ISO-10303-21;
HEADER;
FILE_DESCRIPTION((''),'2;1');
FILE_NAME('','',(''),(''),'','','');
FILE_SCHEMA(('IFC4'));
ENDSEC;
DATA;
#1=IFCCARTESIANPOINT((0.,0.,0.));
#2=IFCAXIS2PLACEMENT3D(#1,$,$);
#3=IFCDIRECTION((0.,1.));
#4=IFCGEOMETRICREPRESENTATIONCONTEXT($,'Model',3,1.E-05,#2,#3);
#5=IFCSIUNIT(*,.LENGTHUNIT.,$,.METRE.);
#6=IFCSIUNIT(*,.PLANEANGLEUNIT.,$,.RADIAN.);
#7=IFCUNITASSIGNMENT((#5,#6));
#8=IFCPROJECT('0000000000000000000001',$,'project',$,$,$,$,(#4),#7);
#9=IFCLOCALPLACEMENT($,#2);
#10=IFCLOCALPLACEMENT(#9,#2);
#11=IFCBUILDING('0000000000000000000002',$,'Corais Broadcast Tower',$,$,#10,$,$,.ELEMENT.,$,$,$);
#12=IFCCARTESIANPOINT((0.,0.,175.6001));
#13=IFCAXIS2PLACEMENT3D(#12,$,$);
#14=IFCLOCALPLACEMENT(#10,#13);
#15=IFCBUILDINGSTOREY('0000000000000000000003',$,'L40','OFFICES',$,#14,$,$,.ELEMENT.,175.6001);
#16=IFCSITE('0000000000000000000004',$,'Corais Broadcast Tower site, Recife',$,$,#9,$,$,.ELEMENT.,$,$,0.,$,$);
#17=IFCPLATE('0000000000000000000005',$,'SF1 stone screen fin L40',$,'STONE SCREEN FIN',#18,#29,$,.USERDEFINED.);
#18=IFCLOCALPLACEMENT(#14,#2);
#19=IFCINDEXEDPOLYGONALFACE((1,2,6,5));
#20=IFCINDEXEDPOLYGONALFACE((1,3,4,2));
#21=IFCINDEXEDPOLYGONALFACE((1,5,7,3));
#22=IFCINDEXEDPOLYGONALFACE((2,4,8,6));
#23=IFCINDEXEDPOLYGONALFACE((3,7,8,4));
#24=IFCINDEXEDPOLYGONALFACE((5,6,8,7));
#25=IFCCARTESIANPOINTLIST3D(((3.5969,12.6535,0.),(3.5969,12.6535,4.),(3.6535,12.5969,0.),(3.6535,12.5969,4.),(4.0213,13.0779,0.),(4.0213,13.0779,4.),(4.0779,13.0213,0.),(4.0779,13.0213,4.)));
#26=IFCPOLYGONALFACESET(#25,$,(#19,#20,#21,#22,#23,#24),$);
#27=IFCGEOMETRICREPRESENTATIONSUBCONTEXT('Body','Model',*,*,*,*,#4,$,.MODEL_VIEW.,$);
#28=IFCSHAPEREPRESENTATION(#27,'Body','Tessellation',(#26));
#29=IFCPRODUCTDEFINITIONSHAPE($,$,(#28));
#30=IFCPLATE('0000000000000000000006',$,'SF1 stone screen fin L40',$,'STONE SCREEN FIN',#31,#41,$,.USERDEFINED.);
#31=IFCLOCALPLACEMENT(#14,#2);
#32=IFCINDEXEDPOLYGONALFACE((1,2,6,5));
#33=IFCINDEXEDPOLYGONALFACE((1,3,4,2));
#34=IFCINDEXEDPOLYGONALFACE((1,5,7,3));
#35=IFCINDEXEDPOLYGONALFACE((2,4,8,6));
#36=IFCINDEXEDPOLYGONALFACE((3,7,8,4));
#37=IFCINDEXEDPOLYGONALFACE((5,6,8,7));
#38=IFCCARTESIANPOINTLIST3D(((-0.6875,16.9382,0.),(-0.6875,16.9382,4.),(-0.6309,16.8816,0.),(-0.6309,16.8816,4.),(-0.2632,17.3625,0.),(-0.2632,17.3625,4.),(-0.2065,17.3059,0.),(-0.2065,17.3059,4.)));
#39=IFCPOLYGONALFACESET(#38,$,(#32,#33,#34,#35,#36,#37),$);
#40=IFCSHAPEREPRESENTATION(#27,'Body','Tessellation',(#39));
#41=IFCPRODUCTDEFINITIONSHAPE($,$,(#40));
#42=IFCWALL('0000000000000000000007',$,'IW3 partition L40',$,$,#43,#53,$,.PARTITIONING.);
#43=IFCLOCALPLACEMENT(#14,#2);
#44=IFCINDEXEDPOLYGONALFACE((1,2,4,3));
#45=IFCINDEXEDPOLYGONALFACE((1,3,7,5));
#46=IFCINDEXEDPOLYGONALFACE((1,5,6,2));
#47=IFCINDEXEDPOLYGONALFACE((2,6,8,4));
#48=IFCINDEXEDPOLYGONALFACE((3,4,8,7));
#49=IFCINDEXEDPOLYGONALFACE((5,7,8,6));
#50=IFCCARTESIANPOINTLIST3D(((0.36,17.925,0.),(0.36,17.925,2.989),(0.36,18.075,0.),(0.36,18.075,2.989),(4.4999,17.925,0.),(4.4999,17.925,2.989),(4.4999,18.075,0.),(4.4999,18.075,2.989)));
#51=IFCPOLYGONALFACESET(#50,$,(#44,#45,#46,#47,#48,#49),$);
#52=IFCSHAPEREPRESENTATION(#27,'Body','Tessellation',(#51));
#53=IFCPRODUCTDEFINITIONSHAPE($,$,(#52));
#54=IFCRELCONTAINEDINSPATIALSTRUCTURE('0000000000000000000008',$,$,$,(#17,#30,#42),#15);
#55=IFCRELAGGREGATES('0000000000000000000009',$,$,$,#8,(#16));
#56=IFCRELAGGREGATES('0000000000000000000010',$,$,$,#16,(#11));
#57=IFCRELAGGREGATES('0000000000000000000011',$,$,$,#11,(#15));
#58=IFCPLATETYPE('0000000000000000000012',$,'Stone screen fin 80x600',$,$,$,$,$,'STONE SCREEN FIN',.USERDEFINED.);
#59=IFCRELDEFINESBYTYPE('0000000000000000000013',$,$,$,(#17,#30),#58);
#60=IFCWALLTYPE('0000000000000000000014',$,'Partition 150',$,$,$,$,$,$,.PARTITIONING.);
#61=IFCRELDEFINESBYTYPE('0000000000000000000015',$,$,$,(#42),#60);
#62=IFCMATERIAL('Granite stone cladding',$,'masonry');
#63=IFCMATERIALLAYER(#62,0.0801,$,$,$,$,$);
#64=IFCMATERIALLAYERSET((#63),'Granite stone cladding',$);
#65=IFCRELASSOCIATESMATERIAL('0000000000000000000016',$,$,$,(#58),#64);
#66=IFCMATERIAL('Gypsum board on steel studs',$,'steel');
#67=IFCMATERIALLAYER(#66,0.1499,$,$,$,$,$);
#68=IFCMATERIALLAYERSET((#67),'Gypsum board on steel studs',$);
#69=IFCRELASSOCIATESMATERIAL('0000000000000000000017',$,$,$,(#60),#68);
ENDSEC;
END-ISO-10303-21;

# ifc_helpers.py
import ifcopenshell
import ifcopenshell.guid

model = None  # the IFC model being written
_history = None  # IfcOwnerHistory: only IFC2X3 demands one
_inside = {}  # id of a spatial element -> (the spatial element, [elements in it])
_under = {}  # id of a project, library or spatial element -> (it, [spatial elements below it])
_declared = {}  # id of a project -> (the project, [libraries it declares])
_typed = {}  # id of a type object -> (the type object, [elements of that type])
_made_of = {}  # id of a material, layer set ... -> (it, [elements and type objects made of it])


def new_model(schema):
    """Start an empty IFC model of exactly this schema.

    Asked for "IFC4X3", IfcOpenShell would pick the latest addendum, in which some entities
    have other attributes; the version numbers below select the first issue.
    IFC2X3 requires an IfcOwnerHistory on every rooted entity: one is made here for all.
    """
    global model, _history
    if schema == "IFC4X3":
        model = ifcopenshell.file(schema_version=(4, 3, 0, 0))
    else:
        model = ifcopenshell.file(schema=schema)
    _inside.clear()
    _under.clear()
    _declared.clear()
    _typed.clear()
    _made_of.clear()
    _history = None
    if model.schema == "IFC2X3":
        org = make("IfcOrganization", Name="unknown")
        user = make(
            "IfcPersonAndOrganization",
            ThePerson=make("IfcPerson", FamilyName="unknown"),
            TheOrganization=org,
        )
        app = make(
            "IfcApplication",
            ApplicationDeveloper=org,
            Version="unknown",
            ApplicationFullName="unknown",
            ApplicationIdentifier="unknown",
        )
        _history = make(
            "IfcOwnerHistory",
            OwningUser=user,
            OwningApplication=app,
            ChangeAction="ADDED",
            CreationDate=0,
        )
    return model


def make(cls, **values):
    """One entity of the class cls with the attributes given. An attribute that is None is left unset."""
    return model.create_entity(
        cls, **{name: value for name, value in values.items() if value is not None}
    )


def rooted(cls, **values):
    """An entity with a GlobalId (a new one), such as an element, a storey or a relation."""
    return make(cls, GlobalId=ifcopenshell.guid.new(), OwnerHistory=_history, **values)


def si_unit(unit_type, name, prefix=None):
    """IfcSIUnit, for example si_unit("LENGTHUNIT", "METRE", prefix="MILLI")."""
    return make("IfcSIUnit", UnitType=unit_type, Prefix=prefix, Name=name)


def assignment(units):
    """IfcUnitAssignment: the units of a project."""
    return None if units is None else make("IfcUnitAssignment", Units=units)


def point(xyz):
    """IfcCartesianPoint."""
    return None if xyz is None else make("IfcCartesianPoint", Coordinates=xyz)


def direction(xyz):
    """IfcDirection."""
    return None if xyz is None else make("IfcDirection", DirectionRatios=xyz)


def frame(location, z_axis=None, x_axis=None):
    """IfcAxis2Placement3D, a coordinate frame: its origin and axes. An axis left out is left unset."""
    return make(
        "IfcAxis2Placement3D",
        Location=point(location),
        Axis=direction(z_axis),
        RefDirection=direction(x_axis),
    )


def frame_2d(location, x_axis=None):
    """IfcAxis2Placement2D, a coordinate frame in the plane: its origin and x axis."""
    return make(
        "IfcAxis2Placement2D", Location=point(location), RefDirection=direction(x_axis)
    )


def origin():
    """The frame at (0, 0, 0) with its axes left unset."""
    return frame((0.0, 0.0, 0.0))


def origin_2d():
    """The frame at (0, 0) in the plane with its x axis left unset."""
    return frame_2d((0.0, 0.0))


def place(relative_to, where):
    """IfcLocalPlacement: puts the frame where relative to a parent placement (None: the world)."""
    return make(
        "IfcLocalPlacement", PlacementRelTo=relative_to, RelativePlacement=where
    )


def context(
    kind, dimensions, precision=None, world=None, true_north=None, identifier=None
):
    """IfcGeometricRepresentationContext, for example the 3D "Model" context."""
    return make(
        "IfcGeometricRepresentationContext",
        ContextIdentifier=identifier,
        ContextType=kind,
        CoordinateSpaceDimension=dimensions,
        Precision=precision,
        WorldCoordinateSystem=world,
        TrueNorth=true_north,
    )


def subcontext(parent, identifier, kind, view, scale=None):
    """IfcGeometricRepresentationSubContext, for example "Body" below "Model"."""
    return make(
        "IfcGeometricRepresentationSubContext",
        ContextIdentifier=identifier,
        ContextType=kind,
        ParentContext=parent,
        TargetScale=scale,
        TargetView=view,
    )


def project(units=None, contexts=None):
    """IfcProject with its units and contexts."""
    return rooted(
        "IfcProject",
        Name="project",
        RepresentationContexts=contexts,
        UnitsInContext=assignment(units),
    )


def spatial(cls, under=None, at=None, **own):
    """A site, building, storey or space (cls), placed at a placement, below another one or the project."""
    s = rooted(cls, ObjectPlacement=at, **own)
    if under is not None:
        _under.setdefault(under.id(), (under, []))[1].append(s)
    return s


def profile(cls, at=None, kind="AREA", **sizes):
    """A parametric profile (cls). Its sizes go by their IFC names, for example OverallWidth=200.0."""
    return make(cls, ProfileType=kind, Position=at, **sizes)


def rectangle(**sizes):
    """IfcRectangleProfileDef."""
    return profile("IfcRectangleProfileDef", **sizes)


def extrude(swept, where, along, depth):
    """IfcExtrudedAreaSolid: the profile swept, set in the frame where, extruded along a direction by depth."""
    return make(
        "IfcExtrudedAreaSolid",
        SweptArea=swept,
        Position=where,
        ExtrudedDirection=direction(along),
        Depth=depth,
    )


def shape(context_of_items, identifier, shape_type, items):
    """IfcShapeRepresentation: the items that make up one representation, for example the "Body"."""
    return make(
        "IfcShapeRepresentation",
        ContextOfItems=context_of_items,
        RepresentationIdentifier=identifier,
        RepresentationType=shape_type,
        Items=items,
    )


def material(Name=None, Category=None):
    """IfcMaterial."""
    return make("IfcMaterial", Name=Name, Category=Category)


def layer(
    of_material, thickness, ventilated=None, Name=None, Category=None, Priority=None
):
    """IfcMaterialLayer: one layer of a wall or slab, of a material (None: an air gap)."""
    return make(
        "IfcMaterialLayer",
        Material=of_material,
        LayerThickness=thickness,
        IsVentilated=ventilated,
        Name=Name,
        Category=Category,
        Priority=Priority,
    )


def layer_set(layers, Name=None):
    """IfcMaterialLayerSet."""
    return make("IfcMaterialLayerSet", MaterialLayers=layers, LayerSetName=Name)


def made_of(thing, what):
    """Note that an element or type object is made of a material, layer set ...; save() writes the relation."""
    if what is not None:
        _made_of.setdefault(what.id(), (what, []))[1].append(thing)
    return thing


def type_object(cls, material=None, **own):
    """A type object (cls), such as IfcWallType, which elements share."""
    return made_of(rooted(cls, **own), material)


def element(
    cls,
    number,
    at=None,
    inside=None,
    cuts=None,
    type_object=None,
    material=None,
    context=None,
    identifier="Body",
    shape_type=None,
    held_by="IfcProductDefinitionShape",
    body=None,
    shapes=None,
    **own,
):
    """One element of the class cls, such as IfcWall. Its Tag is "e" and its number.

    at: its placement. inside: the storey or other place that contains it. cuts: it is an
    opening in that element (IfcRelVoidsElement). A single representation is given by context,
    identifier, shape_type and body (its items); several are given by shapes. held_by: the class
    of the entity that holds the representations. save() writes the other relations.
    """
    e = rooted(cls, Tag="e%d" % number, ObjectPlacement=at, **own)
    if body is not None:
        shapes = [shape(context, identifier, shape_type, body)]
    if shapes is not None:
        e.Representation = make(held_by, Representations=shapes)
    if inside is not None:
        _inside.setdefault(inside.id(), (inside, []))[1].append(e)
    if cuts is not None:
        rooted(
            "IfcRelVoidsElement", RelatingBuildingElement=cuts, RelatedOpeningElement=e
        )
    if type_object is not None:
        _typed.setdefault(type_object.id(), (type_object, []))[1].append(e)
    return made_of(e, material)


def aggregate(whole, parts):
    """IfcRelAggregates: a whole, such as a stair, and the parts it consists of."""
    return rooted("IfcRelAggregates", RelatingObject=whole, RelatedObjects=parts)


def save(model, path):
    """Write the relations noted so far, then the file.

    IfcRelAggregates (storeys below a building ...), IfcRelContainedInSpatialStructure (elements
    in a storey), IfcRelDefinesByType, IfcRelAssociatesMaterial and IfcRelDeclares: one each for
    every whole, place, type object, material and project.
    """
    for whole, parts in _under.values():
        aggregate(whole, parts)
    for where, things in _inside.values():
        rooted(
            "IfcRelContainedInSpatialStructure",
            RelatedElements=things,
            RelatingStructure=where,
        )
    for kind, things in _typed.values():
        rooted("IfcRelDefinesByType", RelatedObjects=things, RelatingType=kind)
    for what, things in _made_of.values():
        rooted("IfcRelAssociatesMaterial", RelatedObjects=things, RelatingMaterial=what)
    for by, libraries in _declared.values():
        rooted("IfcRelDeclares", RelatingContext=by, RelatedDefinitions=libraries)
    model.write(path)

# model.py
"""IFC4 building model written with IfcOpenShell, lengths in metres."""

from ifc_helpers import new_model, si_unit, direction, frame, frame_2d, origin, origin_2d, place, context, subcontext, project, spatial, rectangle, extrude, material, layer, layer_set, type_object, element, save


model = new_model("IFC4")

# Units and contexts
model_context = context("Model", 3, precision=1e-05, world=origin(), true_north=direction((0.0, 1.0)))
body_context = subcontext(model_context, "Body", "Model", "MODEL_VIEW")
ifc_project = project(units=[si_unit("LENGTHUNIT", "METRE"), si_unit("PLANEANGLEUNIT", "RADIAN")], contexts=[model_context])

# Site, building, storey
site_placement = place(None, origin())
site = spatial("IfcSite", under=ifc_project, at=site_placement, Name="Corais Broadcast Tower site, Recife", CompositionType="ELEMENT", RefElevation=0.0)
building_placement = place(site_placement, origin())
building = spatial("IfcBuilding", under=site, at=building_placement, Name="Corais Broadcast Tower", CompositionType="ELEMENT")
storey_placement = place(building_placement, frame((0.0, 0.0, 175.6001)))
storey = spatial("IfcBuildingStorey", under=building, at=storey_placement, Name="L40", Description="OFFICES", CompositionType="ELEMENT", Elevation=175.6001)

# Plates
ifc_material_1 = material(Name="Granite stone cladding", Category="masonry")
ifc_layer_1 = layer(ifc_material_1, 0.0801)
ifc_layer_set_1 = layer_set([ifc_layer_1], Name="Granite stone cladding")
plate_type_1 = type_object("IfcPlateType", Name="Stone screen fin 80x600", ElementType="STONE SCREEN FIN", PredefinedType="USERDEFINED", material=ifc_layer_set_1)
for number, where, z_axis, x_axis, name in (
    (1, (3.8374, 12.8374, 0.0), (0.0, 0.0, 1.0), (-0.707107, 0.707107, 0.0), "SF1 stone screen fin L40"),
    (2, (-0.447, 17.1221, 0.0), (0.0, 0.0, 1.0), (-0.707107, 0.707107, 0.0), "SF1 stone screen fin L40"),
):
    element("IfcPlate", number, at=place(storey_placement, frame(where, z_axis=z_axis, x_axis=x_axis)), inside=storey, type_object=plate_type_1, Name=name, ObjectType="STONE SCREEN FIN", PredefinedType="USERDEFINED", context=body_context, shape_type="SweptSolid", body=[
        extrude(rectangle(XDim=0.0801, YDim=0.6001, at=origin_2d()), origin(), (0.0, 0.0, 1.0), 4.0),
    ])

# Wall
ifc_material_2 = material(Name="Gypsum board on steel studs", Category="steel")
ifc_layer_2 = layer(ifc_material_2, 0.1499)
ifc_layer_set_2 = layer_set([ifc_layer_2], Name="Gypsum board on steel studs")
wall_type = type_object("IfcWallType", Name="Partition 150", PredefinedType="PARTITIONING", material=ifc_layer_set_2)
wall_placement = place(storey_placement, frame((0.3601, 18.0, 0.0), z_axis=(0.0, 0.0, 1.0), x_axis=(1.0, 0.0, 0.0)))
element("IfcWall", 3, at=wall_placement, inside=storey, type_object=wall_type, Name="IW3 partition L40", PredefinedType="PARTITIONING", context=body_context, shape_type="SweptSolid", body=[
    extrude(rectangle(XDim=4.1399, YDim=0.1499, at=frame_2d((2.0698, 0.0))), origin(), (0.0, 0.0, 1.0), 2.989),
])

save(model, "model.ifc")
